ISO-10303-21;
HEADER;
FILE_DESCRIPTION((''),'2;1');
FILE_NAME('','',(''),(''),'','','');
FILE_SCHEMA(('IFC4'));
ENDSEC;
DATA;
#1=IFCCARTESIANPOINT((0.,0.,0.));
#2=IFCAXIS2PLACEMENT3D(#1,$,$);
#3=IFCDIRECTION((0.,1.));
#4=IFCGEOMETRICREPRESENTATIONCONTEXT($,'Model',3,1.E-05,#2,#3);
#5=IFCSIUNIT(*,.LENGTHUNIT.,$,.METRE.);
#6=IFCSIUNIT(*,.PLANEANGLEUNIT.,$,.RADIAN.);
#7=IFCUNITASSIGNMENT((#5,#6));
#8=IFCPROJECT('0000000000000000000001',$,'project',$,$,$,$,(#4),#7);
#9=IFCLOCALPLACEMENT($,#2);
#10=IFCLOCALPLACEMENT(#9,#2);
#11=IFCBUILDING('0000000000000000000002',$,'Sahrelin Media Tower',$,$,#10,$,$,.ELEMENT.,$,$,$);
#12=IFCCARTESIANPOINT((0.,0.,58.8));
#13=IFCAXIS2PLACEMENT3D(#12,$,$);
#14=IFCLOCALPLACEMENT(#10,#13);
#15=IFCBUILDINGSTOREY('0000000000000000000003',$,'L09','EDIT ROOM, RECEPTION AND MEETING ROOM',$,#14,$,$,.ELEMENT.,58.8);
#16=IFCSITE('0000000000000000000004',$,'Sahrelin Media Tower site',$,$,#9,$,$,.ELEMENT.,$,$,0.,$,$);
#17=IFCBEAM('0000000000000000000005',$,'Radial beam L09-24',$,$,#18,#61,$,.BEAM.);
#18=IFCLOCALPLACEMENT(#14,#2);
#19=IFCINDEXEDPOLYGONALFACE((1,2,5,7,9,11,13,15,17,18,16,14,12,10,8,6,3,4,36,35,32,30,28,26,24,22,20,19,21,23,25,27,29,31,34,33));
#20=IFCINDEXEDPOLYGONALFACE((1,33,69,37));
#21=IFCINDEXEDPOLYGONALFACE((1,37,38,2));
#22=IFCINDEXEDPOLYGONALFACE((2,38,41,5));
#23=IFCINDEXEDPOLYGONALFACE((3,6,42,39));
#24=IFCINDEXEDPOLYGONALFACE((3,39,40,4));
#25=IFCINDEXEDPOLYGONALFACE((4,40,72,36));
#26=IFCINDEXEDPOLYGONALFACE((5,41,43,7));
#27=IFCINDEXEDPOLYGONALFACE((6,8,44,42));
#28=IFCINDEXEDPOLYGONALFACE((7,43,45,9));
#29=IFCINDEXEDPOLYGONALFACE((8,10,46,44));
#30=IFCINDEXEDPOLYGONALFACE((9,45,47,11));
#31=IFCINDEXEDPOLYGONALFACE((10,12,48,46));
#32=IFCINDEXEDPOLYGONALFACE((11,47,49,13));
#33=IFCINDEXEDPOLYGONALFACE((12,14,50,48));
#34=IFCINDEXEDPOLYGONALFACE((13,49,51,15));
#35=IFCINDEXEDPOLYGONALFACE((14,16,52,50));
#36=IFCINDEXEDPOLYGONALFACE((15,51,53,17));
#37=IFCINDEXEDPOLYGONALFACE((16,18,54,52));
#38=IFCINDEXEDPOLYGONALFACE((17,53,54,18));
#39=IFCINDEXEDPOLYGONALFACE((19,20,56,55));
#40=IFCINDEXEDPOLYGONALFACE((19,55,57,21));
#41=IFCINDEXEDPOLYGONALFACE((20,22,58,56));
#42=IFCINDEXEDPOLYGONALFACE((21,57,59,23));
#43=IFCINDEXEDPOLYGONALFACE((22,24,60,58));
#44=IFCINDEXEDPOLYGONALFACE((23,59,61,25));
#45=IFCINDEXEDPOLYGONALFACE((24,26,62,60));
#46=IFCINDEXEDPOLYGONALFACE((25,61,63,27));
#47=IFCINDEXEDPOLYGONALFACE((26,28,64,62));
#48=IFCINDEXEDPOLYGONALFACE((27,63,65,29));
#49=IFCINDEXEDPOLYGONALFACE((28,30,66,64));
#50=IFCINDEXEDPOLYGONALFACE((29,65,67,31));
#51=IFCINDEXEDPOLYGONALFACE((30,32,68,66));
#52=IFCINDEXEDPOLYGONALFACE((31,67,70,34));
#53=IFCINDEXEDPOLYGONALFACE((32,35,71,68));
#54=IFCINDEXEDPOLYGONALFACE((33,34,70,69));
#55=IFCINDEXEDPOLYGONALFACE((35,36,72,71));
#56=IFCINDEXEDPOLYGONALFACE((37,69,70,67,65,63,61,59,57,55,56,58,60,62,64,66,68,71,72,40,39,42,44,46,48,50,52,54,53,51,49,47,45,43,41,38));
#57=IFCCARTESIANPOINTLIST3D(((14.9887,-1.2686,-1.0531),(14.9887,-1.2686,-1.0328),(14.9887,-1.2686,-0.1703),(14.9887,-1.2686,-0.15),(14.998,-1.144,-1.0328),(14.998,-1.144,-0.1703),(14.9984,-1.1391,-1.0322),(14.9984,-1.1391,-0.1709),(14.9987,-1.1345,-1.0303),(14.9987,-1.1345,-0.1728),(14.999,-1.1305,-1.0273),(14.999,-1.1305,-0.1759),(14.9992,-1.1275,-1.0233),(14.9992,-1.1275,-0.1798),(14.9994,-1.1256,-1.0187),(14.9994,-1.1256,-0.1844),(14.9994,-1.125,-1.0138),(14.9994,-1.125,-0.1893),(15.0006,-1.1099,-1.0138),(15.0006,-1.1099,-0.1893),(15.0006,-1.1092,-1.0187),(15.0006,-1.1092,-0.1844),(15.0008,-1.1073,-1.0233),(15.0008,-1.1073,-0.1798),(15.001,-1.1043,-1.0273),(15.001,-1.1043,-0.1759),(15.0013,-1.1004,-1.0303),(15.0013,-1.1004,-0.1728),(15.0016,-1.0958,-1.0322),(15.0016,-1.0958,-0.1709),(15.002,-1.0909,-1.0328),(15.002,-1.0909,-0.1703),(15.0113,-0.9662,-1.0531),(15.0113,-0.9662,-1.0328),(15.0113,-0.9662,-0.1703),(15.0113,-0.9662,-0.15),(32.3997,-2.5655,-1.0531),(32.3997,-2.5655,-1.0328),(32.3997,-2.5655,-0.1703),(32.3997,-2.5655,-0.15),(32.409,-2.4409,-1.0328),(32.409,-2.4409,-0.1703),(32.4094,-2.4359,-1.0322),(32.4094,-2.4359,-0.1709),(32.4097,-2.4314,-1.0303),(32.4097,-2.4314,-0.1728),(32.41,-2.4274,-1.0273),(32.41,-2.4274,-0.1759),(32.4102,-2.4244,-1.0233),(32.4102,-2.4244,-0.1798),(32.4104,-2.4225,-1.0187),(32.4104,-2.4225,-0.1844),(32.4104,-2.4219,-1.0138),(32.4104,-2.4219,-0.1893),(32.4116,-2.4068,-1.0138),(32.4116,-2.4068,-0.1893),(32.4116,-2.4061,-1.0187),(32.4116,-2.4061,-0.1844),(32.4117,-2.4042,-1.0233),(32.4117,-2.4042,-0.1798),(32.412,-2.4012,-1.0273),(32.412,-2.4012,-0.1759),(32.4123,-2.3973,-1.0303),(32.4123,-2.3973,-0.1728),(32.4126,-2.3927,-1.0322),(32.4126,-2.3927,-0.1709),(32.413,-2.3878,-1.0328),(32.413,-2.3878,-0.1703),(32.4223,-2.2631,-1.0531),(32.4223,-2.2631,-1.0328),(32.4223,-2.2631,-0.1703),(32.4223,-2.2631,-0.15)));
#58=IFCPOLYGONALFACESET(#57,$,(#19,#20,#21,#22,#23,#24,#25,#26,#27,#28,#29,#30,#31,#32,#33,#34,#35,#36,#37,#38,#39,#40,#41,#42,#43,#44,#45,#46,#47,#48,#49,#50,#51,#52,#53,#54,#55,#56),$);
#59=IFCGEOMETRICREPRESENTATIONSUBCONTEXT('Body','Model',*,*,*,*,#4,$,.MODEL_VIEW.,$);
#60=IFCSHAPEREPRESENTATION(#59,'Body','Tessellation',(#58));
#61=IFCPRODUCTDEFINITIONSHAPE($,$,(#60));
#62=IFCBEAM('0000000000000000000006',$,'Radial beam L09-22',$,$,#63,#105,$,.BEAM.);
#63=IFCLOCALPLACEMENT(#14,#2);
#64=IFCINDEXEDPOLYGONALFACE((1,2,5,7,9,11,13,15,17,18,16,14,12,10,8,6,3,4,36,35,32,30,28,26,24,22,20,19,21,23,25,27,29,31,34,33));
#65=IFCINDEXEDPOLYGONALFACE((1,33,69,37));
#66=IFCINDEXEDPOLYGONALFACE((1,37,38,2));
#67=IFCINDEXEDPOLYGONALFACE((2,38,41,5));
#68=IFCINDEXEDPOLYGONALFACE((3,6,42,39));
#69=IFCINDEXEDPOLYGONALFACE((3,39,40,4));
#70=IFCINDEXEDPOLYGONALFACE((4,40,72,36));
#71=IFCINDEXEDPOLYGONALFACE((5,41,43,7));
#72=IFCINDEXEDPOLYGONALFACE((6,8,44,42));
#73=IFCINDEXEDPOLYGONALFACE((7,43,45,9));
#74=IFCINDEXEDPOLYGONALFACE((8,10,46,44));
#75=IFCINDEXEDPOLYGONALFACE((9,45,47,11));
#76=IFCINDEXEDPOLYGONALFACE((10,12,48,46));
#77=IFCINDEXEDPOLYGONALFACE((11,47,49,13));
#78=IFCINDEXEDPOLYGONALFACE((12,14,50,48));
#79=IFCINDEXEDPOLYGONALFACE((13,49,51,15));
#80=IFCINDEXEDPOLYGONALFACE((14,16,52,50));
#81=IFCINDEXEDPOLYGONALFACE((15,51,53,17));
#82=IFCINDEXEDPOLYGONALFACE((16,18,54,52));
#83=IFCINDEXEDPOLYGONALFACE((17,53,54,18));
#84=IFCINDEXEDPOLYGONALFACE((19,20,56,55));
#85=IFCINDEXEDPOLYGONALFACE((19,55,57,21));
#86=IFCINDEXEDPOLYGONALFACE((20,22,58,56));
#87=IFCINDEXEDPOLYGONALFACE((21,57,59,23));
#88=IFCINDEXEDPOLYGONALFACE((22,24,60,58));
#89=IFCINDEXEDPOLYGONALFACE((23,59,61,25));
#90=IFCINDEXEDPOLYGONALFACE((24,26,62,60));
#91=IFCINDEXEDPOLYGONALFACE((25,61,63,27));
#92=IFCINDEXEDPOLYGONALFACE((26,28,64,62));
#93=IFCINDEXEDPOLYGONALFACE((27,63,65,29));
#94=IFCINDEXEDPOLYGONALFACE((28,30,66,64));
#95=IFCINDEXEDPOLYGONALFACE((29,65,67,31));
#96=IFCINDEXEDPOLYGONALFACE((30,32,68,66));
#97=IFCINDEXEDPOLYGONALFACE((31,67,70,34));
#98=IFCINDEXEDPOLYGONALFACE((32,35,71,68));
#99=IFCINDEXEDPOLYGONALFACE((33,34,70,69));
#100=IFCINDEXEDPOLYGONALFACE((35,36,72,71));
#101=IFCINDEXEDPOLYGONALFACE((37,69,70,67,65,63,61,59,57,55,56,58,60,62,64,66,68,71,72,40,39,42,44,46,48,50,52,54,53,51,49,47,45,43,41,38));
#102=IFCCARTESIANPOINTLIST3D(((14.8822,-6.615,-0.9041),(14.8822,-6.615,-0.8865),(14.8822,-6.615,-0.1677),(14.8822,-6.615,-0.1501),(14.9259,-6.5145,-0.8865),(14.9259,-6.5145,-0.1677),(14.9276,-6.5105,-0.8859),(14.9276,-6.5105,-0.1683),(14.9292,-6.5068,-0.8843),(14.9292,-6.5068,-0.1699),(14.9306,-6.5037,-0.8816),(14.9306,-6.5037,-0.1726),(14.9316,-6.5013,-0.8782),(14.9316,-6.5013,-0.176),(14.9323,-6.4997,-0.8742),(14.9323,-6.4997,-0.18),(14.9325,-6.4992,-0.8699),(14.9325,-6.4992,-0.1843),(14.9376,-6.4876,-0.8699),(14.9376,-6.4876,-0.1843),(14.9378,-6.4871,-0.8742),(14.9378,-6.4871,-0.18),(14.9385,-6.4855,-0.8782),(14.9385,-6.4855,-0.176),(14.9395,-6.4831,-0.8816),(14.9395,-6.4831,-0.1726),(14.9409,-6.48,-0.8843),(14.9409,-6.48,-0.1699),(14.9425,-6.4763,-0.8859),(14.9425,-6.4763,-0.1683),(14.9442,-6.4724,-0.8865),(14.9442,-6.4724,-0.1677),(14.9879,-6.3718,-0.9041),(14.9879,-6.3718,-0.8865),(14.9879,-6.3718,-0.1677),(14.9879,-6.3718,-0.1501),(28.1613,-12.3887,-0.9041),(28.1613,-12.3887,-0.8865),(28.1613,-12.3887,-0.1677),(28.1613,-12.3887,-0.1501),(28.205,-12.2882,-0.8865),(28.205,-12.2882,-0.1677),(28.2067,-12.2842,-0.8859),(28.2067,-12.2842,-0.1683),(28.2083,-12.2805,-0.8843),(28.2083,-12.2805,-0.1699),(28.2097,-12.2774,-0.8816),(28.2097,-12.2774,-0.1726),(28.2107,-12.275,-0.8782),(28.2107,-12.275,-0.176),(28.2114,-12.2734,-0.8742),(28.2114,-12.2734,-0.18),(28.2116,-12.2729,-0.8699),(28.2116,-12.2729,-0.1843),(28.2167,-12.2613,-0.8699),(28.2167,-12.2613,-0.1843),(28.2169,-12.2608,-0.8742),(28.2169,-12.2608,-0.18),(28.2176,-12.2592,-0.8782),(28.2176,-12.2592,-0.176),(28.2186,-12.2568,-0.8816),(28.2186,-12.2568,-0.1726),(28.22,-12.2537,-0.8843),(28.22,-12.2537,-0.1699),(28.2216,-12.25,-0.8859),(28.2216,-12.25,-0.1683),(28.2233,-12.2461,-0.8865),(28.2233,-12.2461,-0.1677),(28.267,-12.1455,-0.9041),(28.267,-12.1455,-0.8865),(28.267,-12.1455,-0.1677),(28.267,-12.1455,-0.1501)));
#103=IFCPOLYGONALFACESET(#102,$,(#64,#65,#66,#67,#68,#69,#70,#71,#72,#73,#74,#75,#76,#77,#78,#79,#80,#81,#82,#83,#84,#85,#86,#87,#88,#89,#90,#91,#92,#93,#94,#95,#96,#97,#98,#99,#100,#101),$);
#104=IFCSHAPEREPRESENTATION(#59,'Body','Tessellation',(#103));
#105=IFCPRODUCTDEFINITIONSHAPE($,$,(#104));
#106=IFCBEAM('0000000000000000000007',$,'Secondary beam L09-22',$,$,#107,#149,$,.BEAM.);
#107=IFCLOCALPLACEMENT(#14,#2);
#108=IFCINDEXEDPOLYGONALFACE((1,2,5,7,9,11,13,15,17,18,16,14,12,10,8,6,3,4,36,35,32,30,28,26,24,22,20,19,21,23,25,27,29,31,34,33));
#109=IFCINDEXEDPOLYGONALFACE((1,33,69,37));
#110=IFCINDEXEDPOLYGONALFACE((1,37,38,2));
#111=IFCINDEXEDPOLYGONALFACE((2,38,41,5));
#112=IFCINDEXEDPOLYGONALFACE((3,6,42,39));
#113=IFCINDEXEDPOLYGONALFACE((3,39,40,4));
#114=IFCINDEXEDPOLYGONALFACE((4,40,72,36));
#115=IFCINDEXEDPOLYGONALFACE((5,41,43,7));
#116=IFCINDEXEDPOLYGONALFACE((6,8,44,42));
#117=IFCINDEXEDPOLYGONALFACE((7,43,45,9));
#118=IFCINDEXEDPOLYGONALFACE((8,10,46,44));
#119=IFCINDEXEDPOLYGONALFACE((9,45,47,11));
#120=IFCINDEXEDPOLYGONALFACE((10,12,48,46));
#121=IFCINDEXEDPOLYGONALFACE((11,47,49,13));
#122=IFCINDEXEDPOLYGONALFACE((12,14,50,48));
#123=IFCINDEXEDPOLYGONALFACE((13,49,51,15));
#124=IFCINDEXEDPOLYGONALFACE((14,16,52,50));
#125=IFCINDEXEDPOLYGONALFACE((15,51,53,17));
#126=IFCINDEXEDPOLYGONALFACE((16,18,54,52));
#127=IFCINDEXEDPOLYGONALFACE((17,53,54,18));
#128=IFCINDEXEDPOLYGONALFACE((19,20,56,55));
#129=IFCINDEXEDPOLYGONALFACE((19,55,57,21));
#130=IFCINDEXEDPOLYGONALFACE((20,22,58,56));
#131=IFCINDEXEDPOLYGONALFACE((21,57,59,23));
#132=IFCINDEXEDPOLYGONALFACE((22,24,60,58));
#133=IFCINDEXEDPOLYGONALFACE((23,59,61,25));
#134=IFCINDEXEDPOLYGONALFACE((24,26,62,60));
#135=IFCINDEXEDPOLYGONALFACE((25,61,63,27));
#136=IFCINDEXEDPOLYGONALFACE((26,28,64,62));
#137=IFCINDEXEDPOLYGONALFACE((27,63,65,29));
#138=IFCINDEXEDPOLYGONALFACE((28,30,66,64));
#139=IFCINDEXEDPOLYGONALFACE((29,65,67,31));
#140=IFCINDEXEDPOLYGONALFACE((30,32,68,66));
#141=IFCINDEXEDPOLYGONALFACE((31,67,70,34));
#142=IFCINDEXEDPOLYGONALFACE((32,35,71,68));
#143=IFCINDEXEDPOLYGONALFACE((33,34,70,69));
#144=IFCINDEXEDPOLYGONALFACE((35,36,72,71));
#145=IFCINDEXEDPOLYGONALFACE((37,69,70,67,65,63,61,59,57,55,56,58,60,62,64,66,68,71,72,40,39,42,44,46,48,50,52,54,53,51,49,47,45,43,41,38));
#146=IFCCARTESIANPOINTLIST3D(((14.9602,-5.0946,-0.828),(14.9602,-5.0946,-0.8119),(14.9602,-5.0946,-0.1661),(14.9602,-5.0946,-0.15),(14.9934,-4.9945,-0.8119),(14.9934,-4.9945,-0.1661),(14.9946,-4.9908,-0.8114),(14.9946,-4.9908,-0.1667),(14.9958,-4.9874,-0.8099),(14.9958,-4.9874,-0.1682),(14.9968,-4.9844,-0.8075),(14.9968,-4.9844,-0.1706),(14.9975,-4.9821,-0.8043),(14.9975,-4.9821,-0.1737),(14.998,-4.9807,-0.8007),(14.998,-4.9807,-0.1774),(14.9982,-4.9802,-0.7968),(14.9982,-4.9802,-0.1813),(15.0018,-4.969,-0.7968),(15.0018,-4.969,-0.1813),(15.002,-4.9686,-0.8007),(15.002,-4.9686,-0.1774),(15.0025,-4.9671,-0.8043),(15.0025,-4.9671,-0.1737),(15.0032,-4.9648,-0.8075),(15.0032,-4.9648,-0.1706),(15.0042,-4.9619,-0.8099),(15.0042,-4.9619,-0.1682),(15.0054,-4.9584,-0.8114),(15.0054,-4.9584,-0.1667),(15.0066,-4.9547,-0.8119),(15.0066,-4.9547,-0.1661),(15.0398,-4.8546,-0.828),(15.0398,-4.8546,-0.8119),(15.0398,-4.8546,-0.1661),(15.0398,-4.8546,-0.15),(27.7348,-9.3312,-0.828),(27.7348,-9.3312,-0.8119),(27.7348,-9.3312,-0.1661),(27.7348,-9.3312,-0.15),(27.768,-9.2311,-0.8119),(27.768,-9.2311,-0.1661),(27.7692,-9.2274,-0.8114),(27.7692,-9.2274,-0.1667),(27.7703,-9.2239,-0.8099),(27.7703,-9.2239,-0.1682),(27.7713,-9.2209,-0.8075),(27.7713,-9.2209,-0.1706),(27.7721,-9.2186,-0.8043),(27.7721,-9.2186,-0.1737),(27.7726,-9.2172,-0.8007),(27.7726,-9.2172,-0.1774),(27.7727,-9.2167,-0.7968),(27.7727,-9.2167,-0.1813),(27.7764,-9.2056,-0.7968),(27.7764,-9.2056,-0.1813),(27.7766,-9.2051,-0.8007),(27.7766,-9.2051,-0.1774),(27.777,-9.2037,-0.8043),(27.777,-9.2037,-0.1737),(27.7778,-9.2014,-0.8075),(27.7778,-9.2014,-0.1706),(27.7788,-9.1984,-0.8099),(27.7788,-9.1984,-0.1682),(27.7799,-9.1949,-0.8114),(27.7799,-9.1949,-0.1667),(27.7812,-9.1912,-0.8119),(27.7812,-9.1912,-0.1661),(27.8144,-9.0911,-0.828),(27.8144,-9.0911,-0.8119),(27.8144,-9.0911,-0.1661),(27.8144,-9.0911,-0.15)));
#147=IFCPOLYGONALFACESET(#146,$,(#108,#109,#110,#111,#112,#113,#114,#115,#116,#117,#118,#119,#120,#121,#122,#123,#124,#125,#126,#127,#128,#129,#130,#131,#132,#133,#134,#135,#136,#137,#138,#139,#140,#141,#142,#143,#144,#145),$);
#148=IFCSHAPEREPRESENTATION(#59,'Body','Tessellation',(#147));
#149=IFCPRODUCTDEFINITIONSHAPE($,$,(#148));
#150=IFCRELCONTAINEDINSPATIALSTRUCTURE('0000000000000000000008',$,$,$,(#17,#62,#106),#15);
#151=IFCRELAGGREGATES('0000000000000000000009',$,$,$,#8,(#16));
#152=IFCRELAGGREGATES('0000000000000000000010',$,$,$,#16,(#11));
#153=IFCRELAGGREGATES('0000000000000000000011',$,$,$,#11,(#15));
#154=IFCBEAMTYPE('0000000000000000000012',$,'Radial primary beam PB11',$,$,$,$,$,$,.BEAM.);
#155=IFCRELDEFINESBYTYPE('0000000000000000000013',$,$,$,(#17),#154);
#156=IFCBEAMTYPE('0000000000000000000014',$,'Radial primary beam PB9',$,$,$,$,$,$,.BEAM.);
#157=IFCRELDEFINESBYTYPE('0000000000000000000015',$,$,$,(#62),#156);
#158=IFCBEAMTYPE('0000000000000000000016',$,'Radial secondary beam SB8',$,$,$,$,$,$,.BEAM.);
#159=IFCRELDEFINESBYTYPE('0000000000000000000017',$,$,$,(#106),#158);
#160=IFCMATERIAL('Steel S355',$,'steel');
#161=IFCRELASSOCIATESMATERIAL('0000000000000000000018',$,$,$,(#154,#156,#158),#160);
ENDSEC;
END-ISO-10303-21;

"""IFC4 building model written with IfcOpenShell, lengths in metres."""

from ifc_helpers import new_model, si_unit, direction, frame, origin, origin_2d, place, context, subcontext, project, spatial, i_section, extrude, material, material_profile, profile_set, type_object, element, save


model = new_model("IFC4")

# Units and contexts
model_context = context("Model", 3, precision=1e-05, world=origin(), true_north=direction((0.0, 1.0)))
body_context = subcontext(model_context, "Body", "Model", "MODEL_VIEW")
ifc_project = project(units=[si_unit("LENGTHUNIT", "METRE"), si_unit("PLANEANGLEUNIT", "RADIAN")], contexts=[model_context])

# Site, building, storey
site_placement = place(None, origin())
site = spatial("IfcSite", under=ifc_project, at=site_placement, Name="Sahrelin Media Tower site", CompositionType="ELEMENT", RefElevation=0.0)
building_placement = place(site_placement, origin())
building = spatial("IfcBuilding", under=site, at=building_placement, Name="Sahrelin Media Tower", CompositionType="ELEMENT")
storey_placement = place(building_placement, frame((0.0, 0.0, 58.8)))
storey = spatial("IfcBuildingStorey", under=building, at=storey_placement, Name="L09", Description="EDIT ROOM, RECEPTION AND MEETING ROOM", CompositionType="ELEMENT", Elevation=58.8)

# Shared definitions
ifc_material_1 = material(Name="Steel S355", Category="steel")

# Beams
ifc_material_profile_1 = material_profile(ifc_material_1, i_section(OverallWidth=0.3032, OverallDepth=0.9031, WebThickness=0.0151, FlangeThickness=0.0203, FilletRadius=0.019, at=origin_2d()), Name="UB 914x305x201")
ifc_profile_set_1 = profile_set([ifc_material_profile_1], Name="Steel S355")
beam_type_1 = type_object("IfcBeamType", Name="Radial primary beam PB11", PredefinedType="BEAM", material=ifc_profile_set_1)
beam_1_placement = place(storey_placement, frame((15.0, -1.1174, -0.6016), z_axis=(0.997237, -0.074281, 0.0), x_axis=(0.074281, 0.997237, 0.0)))
element("IfcBeam", 1, at=beam_1_placement, inside=storey, type_object=beam_type_1, Name="Radial beam L09-24", PredefinedType="BEAM", context=body_context, shape_type="SweptSolid", body=[
    extrude(i_section(OverallWidth=0.3032, OverallDepth=0.9031, WebThickness=0.0151, FlangeThickness=0.0203, FilletRadius=0.019, at=origin_2d()), origin(), (0.0, 0.0, 1.0), 17.4592),
])
ifc_material_profile_2 = material_profile(ifc_material_1, i_section(OverallWidth=0.2651, OverallDepth=0.7539, WebThickness=0.0127, FlangeThickness=0.0176, FilletRadius=0.0166, at=origin_2d()), Name="UB 762x267x147")
ifc_profile_set_2 = profile_set([ifc_material_profile_2], Name="Steel S355")
beam_type_2 = type_object("IfcBeamType", Name="Radial primary beam PB9", PredefinedType="BEAM", material=ifc_profile_set_2)
beam_2_placement = place(storey_placement, frame((14.9351, -6.4934, -0.5271), z_axis=(0.917065, -0.398737, 0.0), x_axis=(0.398737, 0.917065, 0.0)))
element("IfcBeam", 2, at=beam_2_placement, inside=storey, type_object=beam_type_2, Name="Radial beam L09-22", PredefinedType="BEAM", context=body_context, shape_type="SweptSolid", body=[
    extrude(i_section(OverallWidth=0.2651, OverallDepth=0.7539, WebThickness=0.0127, FlangeThickness=0.0176, FilletRadius=0.0166, at=origin_2d()), origin(), (0.0, 0.0, 1.0), 14.48),
])
ifc_material_profile_3 = material_profile(ifc_material_1, i_section(OverallWidth=0.2529, OverallDepth=0.678, WebThickness=0.0117, FlangeThickness=0.0161, FilletRadius=0.0151, at=origin_2d()), Name="UB 686x254x125")
ifc_profile_set_3 = profile_set([ifc_material_profile_3], Name="Steel S355")
beam_type_3 = type_object("IfcBeamType", Name="Radial secondary beam SB8", PredefinedType="BEAM", material=ifc_profile_set_3)
beam_3_placement = place(storey_placement, frame((15.0, -4.9746, -0.489), z_axis=(0.949165, -0.31478, 0.0), x_axis=(0.31478, 0.949165, 0.0)))
element("IfcBeam", 3, at=beam_3_placement, inside=storey, type_object=beam_type_3, Name="Secondary beam L09-22", PredefinedType="BEAM", context=body_context, shape_type="SweptSolid", body=[
    extrude(i_section(OverallWidth=0.2529, OverallDepth=0.678, WebThickness=0.0117, FlangeThickness=0.0161, FilletRadius=0.0151, at=origin_2d()), origin(), (0.0, 0.0, 1.0), 13.4587),
])

save(model, "model.ifc")
